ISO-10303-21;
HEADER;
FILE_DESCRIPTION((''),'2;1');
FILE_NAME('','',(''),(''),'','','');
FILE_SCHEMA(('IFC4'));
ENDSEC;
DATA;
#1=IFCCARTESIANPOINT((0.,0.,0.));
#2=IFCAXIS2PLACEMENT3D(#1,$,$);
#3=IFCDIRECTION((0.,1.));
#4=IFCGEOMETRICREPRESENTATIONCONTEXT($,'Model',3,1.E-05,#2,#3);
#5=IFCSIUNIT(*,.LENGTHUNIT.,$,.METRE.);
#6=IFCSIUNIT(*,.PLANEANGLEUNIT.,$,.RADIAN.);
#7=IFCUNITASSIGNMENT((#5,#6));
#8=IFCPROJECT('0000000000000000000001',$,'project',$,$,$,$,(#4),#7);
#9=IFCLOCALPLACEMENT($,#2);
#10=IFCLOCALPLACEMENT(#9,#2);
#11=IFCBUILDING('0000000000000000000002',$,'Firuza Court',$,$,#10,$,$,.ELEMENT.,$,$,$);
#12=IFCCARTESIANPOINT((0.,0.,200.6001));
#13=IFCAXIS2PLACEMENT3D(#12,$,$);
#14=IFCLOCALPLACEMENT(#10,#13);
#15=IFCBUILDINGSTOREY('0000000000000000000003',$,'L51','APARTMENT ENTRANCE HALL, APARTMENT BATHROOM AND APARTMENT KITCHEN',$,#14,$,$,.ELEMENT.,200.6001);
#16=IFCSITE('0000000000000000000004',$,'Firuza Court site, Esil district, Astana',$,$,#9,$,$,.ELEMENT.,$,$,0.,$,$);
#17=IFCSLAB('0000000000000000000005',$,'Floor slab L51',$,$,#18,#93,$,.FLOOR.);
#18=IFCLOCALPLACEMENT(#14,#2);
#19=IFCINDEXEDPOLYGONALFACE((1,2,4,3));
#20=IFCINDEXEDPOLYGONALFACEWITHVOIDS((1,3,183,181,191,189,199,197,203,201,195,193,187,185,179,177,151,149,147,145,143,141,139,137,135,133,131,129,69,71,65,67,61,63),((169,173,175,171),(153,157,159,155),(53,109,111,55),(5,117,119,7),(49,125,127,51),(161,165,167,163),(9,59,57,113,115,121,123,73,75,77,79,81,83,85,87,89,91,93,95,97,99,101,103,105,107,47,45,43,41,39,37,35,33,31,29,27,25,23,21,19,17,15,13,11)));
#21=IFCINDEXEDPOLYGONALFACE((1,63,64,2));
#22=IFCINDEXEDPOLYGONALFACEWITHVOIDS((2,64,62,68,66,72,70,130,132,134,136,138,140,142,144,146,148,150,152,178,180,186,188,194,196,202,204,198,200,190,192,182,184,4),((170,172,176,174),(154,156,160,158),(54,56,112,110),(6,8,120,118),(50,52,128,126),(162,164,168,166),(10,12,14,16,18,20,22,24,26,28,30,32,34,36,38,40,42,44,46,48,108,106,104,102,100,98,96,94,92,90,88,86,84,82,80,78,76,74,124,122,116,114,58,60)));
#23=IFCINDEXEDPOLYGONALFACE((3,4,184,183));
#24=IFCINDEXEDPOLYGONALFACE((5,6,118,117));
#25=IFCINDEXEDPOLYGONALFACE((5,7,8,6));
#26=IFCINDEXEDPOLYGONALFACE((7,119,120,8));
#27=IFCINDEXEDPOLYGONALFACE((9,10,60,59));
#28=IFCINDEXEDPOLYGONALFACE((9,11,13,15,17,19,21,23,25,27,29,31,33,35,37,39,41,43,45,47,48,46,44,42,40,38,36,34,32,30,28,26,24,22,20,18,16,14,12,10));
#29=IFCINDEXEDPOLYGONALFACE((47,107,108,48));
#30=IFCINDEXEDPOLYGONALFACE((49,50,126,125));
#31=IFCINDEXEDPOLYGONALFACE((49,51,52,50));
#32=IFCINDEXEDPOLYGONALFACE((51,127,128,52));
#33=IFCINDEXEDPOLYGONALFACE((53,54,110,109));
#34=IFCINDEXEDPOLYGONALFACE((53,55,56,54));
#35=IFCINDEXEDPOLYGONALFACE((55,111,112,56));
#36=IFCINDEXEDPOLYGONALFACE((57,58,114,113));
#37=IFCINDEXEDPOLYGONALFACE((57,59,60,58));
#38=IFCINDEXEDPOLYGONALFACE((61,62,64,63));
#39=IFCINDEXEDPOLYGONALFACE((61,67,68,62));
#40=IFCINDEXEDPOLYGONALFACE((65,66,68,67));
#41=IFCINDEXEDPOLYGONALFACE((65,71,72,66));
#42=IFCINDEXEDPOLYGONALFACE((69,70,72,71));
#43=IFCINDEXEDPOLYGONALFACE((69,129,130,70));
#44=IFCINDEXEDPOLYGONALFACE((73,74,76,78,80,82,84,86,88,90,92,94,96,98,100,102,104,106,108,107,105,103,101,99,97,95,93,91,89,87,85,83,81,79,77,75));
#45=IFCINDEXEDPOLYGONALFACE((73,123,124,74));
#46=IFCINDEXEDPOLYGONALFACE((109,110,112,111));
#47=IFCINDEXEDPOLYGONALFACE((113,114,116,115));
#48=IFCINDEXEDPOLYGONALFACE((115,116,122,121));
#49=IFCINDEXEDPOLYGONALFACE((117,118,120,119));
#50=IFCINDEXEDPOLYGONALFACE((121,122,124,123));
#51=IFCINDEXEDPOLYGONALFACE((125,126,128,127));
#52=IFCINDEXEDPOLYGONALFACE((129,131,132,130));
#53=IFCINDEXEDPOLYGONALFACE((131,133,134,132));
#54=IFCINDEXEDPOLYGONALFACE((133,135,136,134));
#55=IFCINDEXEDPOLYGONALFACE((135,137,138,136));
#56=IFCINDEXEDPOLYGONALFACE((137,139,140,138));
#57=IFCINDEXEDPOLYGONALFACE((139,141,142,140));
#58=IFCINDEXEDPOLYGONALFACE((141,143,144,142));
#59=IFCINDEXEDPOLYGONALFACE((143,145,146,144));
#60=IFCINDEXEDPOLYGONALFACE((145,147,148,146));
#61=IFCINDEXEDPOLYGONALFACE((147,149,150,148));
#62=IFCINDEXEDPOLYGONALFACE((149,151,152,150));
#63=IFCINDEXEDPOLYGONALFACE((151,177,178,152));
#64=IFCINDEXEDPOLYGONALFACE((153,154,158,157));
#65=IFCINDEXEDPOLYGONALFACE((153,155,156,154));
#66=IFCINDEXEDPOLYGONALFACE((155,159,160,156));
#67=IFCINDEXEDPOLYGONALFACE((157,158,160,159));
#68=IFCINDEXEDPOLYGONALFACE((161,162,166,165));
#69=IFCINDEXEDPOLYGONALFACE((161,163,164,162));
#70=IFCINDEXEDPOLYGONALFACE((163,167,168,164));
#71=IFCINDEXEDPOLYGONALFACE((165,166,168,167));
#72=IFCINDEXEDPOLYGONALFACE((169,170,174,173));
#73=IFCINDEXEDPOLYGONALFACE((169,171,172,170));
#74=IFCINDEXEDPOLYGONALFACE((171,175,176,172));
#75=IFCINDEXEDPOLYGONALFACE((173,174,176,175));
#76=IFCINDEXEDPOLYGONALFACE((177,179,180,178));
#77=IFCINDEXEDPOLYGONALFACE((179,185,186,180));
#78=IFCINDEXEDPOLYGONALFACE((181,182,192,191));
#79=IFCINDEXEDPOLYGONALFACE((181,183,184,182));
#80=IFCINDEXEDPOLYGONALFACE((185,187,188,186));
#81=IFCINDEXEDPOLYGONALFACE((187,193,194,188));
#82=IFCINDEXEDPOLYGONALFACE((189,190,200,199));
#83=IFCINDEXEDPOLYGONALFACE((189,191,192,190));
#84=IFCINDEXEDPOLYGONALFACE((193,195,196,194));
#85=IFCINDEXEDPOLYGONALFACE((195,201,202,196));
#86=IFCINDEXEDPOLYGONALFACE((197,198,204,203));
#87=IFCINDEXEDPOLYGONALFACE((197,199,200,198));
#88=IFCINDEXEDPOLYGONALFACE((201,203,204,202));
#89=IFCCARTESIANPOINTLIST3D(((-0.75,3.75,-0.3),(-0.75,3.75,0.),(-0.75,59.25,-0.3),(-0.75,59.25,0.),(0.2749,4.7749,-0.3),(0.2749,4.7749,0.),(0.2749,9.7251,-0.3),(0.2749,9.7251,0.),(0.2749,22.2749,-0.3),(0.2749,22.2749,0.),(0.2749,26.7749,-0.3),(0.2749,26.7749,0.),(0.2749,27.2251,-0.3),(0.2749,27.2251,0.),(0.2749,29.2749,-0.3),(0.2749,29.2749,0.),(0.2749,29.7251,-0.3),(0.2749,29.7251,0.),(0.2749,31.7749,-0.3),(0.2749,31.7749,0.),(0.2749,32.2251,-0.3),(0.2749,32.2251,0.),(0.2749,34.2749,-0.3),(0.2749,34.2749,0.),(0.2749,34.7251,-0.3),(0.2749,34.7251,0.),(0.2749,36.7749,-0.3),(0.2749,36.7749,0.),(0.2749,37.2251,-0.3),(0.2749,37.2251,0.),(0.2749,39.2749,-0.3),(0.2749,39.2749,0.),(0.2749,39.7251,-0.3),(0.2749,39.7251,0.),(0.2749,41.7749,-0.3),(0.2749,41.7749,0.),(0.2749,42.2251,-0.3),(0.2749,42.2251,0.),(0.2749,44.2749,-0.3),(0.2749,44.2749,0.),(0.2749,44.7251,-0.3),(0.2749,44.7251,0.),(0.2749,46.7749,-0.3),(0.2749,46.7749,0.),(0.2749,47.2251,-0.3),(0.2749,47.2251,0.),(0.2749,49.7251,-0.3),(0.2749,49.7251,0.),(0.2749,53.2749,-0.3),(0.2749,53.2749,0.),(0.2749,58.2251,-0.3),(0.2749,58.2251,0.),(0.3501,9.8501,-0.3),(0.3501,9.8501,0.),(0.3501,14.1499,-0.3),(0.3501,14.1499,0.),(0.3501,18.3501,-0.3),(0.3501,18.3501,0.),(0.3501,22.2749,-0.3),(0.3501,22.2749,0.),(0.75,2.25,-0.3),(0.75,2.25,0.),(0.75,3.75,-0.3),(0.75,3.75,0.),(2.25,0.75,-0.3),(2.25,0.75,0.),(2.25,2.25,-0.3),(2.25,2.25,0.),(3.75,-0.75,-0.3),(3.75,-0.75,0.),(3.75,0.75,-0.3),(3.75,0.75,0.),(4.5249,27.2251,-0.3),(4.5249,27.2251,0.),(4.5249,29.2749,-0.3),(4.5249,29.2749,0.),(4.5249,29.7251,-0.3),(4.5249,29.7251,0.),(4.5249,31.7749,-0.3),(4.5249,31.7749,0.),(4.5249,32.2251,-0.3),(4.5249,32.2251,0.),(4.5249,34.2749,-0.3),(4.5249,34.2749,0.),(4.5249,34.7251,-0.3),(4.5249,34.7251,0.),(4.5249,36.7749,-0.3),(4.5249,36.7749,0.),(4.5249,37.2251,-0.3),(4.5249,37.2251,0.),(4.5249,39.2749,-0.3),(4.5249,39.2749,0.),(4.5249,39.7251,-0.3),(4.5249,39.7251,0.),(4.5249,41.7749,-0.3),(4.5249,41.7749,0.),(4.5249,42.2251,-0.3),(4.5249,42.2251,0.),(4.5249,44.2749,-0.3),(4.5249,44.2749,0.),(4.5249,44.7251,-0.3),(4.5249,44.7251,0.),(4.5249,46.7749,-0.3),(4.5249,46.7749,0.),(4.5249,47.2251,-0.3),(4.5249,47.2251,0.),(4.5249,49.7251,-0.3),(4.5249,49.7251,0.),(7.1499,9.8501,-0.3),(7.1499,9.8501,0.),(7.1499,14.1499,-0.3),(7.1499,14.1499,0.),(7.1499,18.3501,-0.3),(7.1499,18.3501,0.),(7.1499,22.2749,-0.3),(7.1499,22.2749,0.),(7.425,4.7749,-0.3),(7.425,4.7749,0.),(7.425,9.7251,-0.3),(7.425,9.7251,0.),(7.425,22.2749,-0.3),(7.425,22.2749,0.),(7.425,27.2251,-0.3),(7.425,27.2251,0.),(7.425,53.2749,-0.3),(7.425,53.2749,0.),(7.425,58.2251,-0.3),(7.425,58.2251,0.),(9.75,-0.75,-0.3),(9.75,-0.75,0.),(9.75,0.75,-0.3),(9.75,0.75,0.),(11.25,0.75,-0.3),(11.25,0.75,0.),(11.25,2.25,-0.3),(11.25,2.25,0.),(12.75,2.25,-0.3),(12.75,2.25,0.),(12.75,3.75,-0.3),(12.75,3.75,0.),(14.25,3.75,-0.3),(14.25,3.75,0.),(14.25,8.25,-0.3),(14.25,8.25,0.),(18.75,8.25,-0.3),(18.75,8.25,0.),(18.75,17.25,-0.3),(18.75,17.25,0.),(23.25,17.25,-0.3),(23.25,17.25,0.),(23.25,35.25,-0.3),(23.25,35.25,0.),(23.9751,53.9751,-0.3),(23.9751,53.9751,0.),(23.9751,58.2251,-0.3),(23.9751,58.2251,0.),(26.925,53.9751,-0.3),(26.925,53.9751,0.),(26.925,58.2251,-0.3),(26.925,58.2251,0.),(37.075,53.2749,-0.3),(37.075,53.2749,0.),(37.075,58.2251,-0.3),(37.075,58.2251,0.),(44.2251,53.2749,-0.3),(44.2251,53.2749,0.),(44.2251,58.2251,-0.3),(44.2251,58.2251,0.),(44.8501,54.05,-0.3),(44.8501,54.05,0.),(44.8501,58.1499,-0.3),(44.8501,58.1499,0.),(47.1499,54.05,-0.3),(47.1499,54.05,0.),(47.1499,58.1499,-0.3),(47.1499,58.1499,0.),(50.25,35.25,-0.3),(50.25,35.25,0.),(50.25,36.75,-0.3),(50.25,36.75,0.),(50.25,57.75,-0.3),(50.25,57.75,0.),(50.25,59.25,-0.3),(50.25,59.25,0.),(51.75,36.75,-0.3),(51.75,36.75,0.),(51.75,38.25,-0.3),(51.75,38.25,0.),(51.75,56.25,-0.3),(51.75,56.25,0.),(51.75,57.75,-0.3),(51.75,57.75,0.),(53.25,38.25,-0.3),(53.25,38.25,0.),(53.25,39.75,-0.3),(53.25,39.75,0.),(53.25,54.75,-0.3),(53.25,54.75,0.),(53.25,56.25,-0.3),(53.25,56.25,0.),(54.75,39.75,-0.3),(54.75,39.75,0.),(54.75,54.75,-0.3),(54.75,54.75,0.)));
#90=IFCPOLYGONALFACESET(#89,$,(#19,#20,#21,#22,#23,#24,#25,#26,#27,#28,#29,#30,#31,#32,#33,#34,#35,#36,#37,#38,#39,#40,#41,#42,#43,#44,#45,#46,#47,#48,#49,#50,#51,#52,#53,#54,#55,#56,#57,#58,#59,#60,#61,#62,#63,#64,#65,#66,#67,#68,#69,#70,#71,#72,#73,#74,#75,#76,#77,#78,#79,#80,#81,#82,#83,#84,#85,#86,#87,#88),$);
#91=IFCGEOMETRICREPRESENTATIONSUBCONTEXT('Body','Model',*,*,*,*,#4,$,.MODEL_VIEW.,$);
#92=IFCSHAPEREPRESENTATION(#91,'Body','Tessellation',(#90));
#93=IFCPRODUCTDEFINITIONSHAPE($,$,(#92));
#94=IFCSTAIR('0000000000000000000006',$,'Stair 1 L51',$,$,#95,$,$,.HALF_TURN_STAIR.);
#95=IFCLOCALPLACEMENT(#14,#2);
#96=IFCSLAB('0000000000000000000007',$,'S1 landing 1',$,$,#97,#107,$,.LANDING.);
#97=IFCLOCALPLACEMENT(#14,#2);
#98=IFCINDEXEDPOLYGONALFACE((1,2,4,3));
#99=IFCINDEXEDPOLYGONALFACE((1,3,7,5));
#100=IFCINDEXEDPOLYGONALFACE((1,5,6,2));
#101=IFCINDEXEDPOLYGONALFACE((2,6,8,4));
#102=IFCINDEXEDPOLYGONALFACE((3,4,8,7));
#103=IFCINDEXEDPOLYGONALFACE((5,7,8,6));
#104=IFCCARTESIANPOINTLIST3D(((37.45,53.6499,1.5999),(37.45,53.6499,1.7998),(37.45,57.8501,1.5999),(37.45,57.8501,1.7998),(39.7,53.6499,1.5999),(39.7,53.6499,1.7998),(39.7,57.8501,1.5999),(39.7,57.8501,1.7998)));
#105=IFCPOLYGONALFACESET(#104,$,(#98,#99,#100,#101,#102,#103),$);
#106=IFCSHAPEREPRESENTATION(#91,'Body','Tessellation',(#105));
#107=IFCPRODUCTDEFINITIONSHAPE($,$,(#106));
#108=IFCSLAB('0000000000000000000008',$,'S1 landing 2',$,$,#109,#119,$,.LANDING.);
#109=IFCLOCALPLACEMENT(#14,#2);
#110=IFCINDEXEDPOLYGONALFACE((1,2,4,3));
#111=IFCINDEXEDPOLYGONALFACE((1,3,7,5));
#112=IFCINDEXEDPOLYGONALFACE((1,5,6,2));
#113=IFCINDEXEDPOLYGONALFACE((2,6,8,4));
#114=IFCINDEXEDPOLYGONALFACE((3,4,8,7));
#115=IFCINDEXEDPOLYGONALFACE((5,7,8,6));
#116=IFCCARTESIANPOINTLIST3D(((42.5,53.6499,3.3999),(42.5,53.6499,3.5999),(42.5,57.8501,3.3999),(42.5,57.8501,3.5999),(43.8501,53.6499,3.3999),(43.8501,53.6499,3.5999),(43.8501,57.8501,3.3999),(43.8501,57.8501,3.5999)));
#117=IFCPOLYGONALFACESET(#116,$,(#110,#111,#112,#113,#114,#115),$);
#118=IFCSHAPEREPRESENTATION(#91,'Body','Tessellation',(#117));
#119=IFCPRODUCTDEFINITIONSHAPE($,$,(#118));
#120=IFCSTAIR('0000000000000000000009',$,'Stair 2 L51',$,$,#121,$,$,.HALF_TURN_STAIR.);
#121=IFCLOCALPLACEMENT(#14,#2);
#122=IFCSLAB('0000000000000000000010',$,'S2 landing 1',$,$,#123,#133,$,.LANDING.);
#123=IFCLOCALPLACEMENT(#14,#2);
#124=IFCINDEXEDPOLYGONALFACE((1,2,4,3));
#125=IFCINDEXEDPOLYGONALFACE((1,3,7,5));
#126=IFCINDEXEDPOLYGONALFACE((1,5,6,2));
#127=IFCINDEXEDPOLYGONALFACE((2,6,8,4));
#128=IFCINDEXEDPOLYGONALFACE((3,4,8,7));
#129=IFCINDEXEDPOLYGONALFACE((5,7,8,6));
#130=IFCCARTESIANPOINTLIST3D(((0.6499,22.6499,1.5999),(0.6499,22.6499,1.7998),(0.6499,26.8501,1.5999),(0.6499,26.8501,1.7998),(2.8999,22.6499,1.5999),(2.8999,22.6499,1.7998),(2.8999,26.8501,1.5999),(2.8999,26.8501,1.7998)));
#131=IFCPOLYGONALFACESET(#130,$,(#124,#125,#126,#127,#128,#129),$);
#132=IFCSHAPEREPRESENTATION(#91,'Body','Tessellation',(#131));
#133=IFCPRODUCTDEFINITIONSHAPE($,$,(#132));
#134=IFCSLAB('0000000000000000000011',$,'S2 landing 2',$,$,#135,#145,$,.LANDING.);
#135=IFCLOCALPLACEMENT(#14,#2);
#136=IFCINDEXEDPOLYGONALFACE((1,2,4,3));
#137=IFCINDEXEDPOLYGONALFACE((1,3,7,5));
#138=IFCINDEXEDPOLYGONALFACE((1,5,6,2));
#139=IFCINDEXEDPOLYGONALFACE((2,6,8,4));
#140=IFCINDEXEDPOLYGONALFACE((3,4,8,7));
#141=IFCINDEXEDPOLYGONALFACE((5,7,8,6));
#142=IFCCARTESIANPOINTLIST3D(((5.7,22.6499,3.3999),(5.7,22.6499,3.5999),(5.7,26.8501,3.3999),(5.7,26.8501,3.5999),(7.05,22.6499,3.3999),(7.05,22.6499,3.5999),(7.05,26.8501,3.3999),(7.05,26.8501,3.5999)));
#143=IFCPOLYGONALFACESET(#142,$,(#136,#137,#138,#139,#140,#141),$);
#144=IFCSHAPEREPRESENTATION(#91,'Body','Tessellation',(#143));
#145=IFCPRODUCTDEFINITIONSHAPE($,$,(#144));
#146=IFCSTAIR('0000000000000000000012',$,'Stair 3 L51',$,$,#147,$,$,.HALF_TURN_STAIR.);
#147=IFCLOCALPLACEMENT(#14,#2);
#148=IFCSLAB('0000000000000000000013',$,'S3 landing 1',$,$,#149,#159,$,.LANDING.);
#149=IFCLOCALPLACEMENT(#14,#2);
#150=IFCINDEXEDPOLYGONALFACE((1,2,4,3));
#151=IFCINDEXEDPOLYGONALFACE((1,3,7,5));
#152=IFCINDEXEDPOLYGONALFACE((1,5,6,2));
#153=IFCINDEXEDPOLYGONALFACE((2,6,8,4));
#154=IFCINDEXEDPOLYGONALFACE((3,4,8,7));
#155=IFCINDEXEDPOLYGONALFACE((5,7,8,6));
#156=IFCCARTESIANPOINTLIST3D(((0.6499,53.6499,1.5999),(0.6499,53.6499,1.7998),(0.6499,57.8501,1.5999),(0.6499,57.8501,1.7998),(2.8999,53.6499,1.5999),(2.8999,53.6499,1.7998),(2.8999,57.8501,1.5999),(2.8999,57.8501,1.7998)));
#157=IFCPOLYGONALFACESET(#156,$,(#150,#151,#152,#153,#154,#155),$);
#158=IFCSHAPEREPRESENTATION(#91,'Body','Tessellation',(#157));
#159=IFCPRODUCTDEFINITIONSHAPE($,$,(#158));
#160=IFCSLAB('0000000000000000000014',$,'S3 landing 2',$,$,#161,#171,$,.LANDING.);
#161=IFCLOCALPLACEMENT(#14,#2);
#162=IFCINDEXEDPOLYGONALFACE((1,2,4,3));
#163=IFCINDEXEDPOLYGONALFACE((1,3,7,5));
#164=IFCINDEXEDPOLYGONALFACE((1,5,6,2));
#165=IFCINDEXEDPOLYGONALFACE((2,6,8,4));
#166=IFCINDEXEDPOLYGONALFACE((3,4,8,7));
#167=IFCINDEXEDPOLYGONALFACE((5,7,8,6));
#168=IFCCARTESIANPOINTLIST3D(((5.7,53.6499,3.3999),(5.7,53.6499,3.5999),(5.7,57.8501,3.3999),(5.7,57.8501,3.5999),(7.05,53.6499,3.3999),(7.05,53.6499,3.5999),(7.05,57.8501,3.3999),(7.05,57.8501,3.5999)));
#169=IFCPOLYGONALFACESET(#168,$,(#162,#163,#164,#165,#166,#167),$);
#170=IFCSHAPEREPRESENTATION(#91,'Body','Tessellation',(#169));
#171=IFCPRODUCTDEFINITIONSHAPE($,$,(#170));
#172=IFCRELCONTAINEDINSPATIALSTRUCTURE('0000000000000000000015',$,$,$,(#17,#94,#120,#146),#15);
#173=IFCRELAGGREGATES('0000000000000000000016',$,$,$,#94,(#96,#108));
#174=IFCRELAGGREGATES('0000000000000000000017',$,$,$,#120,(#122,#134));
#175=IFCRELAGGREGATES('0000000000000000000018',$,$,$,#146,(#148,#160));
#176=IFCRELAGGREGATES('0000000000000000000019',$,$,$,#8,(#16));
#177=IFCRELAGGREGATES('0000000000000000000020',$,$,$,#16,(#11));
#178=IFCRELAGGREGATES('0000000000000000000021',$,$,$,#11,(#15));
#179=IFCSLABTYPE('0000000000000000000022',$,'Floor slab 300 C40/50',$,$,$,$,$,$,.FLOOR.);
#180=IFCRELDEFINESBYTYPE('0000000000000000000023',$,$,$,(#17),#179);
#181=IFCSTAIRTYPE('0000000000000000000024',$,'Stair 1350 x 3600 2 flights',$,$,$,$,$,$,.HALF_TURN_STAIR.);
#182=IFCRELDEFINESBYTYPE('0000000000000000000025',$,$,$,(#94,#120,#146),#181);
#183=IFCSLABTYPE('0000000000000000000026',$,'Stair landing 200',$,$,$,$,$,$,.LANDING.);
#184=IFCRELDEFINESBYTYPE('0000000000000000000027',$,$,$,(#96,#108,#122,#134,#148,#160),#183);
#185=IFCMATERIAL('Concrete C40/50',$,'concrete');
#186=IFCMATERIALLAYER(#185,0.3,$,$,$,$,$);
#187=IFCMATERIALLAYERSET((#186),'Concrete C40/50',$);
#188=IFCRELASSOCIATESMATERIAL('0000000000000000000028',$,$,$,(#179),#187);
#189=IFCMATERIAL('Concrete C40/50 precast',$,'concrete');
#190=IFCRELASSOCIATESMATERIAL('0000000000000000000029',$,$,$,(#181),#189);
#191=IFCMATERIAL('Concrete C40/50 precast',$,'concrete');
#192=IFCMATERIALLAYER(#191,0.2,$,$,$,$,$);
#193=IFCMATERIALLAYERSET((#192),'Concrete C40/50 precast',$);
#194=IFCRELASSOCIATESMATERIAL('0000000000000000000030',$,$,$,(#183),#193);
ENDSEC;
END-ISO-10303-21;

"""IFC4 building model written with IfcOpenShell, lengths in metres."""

from ifc_helpers import new_model, si_unit, direction, frame, origin, place, context, subcontext, project, spatial, polyline, outline, extrude, material, layer, layer_set, type_object, element, aggregate, save


model = new_model("IFC4")

# Units and contexts
model_context = context("Model", 3, precision=1e-05, world=origin(), true_north=direction((0.0, 1.0)))
body_context = subcontext(model_context, "Body", "Model", "MODEL_VIEW")
ifc_project = project(units=[si_unit("LENGTHUNIT", "METRE"), si_unit("PLANEANGLEUNIT", "RADIAN")], contexts=[model_context])

# Site, building, storey
site_placement = place(None, origin())
site = spatial("IfcSite", under=ifc_project, at=site_placement, Name="Firuza Court site, Esil district, Astana", CompositionType="ELEMENT", RefElevation=0.0)
building_placement = place(site_placement, origin())
building = spatial("IfcBuilding", under=site, at=building_placement, Name="Firuza Court", CompositionType="ELEMENT")
storey_placement = place(building_placement, frame((0.0, 0.0, 200.6001)))
storey = spatial("IfcBuildingStorey", under=building, at=storey_placement, Name="L51", Description="APARTMENT ENTRANCE HALL, APARTMENT BATHROOM AND APARTMENT KITCHEN", CompositionType="ELEMENT", Elevation=200.6001)

# Slab
ifc_material_1 = material(Name="Concrete C40/50", Category="concrete")
ifc_layer_1 = layer(ifc_material_1, 0.3)
ifc_layer_set_1 = layer_set([ifc_layer_1], Name="Concrete C40/50")
slab_type_1 = type_object("IfcSlabType", Name="Floor slab 300 C40/50", PredefinedType="FLOOR", material=ifc_layer_set_1)
slab_1_placement = place(storey_placement, frame((0.0, 0.0, -0.3)))
element("IfcSlab", 1, at=slab_1_placement, inside=storey, type_object=slab_type_1, Name="Floor slab L51", PredefinedType="FLOOR", context=body_context, shape_type="SweptSolid", body=[
    extrude(outline(polyline([(-0.75, 59.25), (50.25, 59.25), (50.25, 57.75), (51.75, 57.75), (51.75, 56.25), (53.25, 56.25), (53.25, 54.75), (54.75, 54.75), (54.75, 39.75), (53.25, 39.75), (53.25, 38.25), (51.75, 38.25), (51.75, 36.75), (50.25, 36.75), (50.25, 35.25), (23.25, 35.25), (23.25, 17.25), (18.75, 17.25), (18.75, 8.25), (14.25, 8.25), (14.25, 3.75), (12.75, 3.75), (12.75, 2.25), (11.25, 2.25), (11.25, 0.75), (9.75, 0.75), (9.75, -0.75), (3.75, -0.75), (3.75, 0.75), (2.25, 0.75), (2.25, 2.25), (0.75, 2.25), (0.75, 3.75), (-0.75, 3.75), (-0.75, 59.25)]), holes=[polyline([(0.2749, 29.7251), (0.2749, 29.2749), (0.2749, 27.2251), (0.2749, 26.7749), (0.2749, 22.2749), (0.3501, 22.2749), (0.3501, 18.3501), (7.1499, 18.3501), (7.1499, 22.2749), (7.425, 22.2749), (7.425, 27.2251), (4.5249, 27.2251), (4.5249, 29.2749), (4.5249, 29.7251), (4.5249, 31.7749), (4.5249, 32.2251), (4.5249, 34.2749), (4.5249, 34.7251), (4.5249, 36.7749), (4.5249, 37.2251), (4.5249, 39.2749), (4.5249, 39.7251), (4.5249, 41.7749), (4.5249, 42.2251), (4.5249, 44.2749), (4.5249, 44.7251), (4.5249, 46.7749), (4.5249, 47.2251), (4.5249, 49.7251), (0.2749, 49.7251), (0.2749, 47.2251), (0.2749, 46.7749), (0.2749, 44.7251), (0.2749, 44.2749), (0.2749, 42.2251), (0.2749, 41.7749), (0.2749, 39.7251), (0.2749, 39.2749), (0.2749, 37.2251), (0.2749, 36.7749), (0.2749, 34.7251), (0.2749, 34.2749), (0.2749, 32.2251), (0.2749, 31.7749), (0.2749, 29.7251)]), polyline([(7.425, 9.7251), (0.2749, 9.7251), (0.2749, 4.7749), (7.425, 4.7749), (7.425, 9.7251)]), polyline([(7.1499, 14.1499), (0.3501, 14.1499), (0.3501, 9.8501), (7.1499, 9.8501), (7.1499, 14.1499)]), polyline([(7.425, 58.2251), (0.2749, 58.2251), (0.2749, 53.2749), (7.425, 53.2749), (7.425, 58.2251)]), polyline([(44.2251, 58.2251), (37.075, 58.2251), (37.075, 53.2749), (44.2251, 53.2749), (44.2251, 58.2251)]), polyline([(26.925, 53.9751), (26.925, 58.2251), (23.9751, 58.2251), (23.9751, 53.9751), (26.925, 53.9751)]), polyline([(47.1499, 54.05), (47.1499, 58.1499), (44.8501, 58.1499), (44.8501, 54.05), (47.1499, 54.05)])]), origin(), (0.0, 0.0, 1.0), 0.3),
])

# Stairs, slabs
ifc_material_2 = material(Name="Concrete C40/50 precast", Category="concrete")
stair_type = type_object("IfcStairType", Name="Stair 1350 x 3600 2 flights", PredefinedType="HALF_TURN_STAIR", material=ifc_material_2)
stair_1_placement = place(storey_placement, origin())
stair_1 = element("IfcStair", 2, at=stair_1_placement, inside=storey, type_object=stair_type, Name="Stair 1 L51", PredefinedType="HALF_TURN_STAIR")
ifc_material_3 = material(Name="Concrete C40/50 precast", Category="concrete")
ifc_layer_2 = layer(ifc_material_3, 0.2)
ifc_layer_set_2 = layer_set([ifc_layer_2], Name="Concrete C40/50 precast")
slab_type_2 = type_object("IfcSlabType", Name="Stair landing 200", PredefinedType="LANDING", material=ifc_layer_set_2)
slab_2_placement = place(storey_placement, frame((0.0, 0.0, 1.5999)))
slab_2 = element("IfcSlab", 3, at=slab_2_placement, type_object=slab_type_2, Name="S1 landing 1", PredefinedType="LANDING", context=body_context, shape_type="SweptSolid", body=[
    extrude(outline(polyline([(39.7, 53.6499), (39.7, 57.8501), (37.45, 57.8501), (37.45, 53.6499), (39.7, 53.6499)])), origin(), (0.0, 0.0, 1.0), 0.2),
])
slab_3_placement = place(storey_placement, frame((0.0, 0.0, 3.3999)))
slab_3 = element("IfcSlab", 4, at=slab_3_placement, type_object=slab_type_2, Name="S1 landing 2", PredefinedType="LANDING", context=body_context, shape_type="SweptSolid", body=[
    extrude(outline(polyline([(43.8501, 53.6499), (43.8501, 57.8501), (42.5, 57.8501), (42.5, 53.6499), (43.8501, 53.6499)])), origin(), (0.0, 0.0, 1.0), 0.2),
])
aggregate(stair_1, [slab_2, slab_3])
stair_2_placement = place(storey_placement, origin())
stair_2 = element("IfcStair", 5, at=stair_2_placement, inside=storey, type_object=stair_type, Name="Stair 2 L51", PredefinedType="HALF_TURN_STAIR")
slab_4_placement = place(storey_placement, frame((0.0, 0.0, 1.5999)))
slab_4 = element("IfcSlab", 6, at=slab_4_placement, type_object=slab_type_2, Name="S2 landing 1", PredefinedType="LANDING", context=body_context, shape_type="SweptSolid", body=[
    extrude(outline(polyline([(2.8999, 22.6499), (2.8999, 26.8501), (0.6499, 26.8501), (0.6499, 22.6499), (2.8999, 22.6499)])), origin(), (0.0, 0.0, 1.0), 0.2),
])
slab_5_placement = place(storey_placement, frame((0.0, 0.0, 3.3999)))
slab_5 = element("IfcSlab", 7, at=slab_5_placement, type_object=slab_type_2, Name="S2 landing 2", PredefinedType="LANDING", context=body_context, shape_type="SweptSolid", body=[
    extrude(outline(polyline([(7.05, 22.6499), (7.05, 26.8501), (5.7, 26.8501), (5.7, 22.6499), (7.05, 22.6499)])), origin(), (0.0, 0.0, 1.0), 0.2),
])
aggregate(stair_2, [slab_4, slab_5])
stair_3_placement = place(storey_placement, origin())
stair_3 = element("IfcStair", 8, at=stair_3_placement, inside=storey, type_object=stair_type, Name="Stair 3 L51", PredefinedType="HALF_TURN_STAIR")
slab_6_placement = place(storey_placement, frame((0.0, 0.0, 1.5999)))
slab_6 = element("IfcSlab", 9, at=slab_6_placement, type_object=slab_type_2, Name="S3 landing 1", PredefinedType="LANDING", context=body_context, shape_type="SweptSolid", body=[
    extrude(outline(polyline([(2.8999, 53.6499), (2.8999, 57.8501), (0.6499, 57.8501), (0.6499, 53.6499), (2.8999, 53.6499)])), origin(), (0.0, 0.0, 1.0), 0.2),
])
slab_7_placement = place(storey_placement, frame((0.0, 0.0, 3.3999)))
slab_7 = element("IfcSlab", 10, at=slab_7_placement, type_object=slab_type_2, Name="S3 landing 2", PredefinedType="LANDING", context=body_context, shape_type="SweptSolid", body=[
    extrude(outline(polyline([(7.05, 53.6499), (7.05, 57.8501), (5.7, 57.8501), (5.7, 53.6499), (7.05, 53.6499)])), origin(), (0.0, 0.0, 1.0), 0.2),
])
aggregate(stair_3, [slab_6, slab_7])

save(model, "model.ifc")
